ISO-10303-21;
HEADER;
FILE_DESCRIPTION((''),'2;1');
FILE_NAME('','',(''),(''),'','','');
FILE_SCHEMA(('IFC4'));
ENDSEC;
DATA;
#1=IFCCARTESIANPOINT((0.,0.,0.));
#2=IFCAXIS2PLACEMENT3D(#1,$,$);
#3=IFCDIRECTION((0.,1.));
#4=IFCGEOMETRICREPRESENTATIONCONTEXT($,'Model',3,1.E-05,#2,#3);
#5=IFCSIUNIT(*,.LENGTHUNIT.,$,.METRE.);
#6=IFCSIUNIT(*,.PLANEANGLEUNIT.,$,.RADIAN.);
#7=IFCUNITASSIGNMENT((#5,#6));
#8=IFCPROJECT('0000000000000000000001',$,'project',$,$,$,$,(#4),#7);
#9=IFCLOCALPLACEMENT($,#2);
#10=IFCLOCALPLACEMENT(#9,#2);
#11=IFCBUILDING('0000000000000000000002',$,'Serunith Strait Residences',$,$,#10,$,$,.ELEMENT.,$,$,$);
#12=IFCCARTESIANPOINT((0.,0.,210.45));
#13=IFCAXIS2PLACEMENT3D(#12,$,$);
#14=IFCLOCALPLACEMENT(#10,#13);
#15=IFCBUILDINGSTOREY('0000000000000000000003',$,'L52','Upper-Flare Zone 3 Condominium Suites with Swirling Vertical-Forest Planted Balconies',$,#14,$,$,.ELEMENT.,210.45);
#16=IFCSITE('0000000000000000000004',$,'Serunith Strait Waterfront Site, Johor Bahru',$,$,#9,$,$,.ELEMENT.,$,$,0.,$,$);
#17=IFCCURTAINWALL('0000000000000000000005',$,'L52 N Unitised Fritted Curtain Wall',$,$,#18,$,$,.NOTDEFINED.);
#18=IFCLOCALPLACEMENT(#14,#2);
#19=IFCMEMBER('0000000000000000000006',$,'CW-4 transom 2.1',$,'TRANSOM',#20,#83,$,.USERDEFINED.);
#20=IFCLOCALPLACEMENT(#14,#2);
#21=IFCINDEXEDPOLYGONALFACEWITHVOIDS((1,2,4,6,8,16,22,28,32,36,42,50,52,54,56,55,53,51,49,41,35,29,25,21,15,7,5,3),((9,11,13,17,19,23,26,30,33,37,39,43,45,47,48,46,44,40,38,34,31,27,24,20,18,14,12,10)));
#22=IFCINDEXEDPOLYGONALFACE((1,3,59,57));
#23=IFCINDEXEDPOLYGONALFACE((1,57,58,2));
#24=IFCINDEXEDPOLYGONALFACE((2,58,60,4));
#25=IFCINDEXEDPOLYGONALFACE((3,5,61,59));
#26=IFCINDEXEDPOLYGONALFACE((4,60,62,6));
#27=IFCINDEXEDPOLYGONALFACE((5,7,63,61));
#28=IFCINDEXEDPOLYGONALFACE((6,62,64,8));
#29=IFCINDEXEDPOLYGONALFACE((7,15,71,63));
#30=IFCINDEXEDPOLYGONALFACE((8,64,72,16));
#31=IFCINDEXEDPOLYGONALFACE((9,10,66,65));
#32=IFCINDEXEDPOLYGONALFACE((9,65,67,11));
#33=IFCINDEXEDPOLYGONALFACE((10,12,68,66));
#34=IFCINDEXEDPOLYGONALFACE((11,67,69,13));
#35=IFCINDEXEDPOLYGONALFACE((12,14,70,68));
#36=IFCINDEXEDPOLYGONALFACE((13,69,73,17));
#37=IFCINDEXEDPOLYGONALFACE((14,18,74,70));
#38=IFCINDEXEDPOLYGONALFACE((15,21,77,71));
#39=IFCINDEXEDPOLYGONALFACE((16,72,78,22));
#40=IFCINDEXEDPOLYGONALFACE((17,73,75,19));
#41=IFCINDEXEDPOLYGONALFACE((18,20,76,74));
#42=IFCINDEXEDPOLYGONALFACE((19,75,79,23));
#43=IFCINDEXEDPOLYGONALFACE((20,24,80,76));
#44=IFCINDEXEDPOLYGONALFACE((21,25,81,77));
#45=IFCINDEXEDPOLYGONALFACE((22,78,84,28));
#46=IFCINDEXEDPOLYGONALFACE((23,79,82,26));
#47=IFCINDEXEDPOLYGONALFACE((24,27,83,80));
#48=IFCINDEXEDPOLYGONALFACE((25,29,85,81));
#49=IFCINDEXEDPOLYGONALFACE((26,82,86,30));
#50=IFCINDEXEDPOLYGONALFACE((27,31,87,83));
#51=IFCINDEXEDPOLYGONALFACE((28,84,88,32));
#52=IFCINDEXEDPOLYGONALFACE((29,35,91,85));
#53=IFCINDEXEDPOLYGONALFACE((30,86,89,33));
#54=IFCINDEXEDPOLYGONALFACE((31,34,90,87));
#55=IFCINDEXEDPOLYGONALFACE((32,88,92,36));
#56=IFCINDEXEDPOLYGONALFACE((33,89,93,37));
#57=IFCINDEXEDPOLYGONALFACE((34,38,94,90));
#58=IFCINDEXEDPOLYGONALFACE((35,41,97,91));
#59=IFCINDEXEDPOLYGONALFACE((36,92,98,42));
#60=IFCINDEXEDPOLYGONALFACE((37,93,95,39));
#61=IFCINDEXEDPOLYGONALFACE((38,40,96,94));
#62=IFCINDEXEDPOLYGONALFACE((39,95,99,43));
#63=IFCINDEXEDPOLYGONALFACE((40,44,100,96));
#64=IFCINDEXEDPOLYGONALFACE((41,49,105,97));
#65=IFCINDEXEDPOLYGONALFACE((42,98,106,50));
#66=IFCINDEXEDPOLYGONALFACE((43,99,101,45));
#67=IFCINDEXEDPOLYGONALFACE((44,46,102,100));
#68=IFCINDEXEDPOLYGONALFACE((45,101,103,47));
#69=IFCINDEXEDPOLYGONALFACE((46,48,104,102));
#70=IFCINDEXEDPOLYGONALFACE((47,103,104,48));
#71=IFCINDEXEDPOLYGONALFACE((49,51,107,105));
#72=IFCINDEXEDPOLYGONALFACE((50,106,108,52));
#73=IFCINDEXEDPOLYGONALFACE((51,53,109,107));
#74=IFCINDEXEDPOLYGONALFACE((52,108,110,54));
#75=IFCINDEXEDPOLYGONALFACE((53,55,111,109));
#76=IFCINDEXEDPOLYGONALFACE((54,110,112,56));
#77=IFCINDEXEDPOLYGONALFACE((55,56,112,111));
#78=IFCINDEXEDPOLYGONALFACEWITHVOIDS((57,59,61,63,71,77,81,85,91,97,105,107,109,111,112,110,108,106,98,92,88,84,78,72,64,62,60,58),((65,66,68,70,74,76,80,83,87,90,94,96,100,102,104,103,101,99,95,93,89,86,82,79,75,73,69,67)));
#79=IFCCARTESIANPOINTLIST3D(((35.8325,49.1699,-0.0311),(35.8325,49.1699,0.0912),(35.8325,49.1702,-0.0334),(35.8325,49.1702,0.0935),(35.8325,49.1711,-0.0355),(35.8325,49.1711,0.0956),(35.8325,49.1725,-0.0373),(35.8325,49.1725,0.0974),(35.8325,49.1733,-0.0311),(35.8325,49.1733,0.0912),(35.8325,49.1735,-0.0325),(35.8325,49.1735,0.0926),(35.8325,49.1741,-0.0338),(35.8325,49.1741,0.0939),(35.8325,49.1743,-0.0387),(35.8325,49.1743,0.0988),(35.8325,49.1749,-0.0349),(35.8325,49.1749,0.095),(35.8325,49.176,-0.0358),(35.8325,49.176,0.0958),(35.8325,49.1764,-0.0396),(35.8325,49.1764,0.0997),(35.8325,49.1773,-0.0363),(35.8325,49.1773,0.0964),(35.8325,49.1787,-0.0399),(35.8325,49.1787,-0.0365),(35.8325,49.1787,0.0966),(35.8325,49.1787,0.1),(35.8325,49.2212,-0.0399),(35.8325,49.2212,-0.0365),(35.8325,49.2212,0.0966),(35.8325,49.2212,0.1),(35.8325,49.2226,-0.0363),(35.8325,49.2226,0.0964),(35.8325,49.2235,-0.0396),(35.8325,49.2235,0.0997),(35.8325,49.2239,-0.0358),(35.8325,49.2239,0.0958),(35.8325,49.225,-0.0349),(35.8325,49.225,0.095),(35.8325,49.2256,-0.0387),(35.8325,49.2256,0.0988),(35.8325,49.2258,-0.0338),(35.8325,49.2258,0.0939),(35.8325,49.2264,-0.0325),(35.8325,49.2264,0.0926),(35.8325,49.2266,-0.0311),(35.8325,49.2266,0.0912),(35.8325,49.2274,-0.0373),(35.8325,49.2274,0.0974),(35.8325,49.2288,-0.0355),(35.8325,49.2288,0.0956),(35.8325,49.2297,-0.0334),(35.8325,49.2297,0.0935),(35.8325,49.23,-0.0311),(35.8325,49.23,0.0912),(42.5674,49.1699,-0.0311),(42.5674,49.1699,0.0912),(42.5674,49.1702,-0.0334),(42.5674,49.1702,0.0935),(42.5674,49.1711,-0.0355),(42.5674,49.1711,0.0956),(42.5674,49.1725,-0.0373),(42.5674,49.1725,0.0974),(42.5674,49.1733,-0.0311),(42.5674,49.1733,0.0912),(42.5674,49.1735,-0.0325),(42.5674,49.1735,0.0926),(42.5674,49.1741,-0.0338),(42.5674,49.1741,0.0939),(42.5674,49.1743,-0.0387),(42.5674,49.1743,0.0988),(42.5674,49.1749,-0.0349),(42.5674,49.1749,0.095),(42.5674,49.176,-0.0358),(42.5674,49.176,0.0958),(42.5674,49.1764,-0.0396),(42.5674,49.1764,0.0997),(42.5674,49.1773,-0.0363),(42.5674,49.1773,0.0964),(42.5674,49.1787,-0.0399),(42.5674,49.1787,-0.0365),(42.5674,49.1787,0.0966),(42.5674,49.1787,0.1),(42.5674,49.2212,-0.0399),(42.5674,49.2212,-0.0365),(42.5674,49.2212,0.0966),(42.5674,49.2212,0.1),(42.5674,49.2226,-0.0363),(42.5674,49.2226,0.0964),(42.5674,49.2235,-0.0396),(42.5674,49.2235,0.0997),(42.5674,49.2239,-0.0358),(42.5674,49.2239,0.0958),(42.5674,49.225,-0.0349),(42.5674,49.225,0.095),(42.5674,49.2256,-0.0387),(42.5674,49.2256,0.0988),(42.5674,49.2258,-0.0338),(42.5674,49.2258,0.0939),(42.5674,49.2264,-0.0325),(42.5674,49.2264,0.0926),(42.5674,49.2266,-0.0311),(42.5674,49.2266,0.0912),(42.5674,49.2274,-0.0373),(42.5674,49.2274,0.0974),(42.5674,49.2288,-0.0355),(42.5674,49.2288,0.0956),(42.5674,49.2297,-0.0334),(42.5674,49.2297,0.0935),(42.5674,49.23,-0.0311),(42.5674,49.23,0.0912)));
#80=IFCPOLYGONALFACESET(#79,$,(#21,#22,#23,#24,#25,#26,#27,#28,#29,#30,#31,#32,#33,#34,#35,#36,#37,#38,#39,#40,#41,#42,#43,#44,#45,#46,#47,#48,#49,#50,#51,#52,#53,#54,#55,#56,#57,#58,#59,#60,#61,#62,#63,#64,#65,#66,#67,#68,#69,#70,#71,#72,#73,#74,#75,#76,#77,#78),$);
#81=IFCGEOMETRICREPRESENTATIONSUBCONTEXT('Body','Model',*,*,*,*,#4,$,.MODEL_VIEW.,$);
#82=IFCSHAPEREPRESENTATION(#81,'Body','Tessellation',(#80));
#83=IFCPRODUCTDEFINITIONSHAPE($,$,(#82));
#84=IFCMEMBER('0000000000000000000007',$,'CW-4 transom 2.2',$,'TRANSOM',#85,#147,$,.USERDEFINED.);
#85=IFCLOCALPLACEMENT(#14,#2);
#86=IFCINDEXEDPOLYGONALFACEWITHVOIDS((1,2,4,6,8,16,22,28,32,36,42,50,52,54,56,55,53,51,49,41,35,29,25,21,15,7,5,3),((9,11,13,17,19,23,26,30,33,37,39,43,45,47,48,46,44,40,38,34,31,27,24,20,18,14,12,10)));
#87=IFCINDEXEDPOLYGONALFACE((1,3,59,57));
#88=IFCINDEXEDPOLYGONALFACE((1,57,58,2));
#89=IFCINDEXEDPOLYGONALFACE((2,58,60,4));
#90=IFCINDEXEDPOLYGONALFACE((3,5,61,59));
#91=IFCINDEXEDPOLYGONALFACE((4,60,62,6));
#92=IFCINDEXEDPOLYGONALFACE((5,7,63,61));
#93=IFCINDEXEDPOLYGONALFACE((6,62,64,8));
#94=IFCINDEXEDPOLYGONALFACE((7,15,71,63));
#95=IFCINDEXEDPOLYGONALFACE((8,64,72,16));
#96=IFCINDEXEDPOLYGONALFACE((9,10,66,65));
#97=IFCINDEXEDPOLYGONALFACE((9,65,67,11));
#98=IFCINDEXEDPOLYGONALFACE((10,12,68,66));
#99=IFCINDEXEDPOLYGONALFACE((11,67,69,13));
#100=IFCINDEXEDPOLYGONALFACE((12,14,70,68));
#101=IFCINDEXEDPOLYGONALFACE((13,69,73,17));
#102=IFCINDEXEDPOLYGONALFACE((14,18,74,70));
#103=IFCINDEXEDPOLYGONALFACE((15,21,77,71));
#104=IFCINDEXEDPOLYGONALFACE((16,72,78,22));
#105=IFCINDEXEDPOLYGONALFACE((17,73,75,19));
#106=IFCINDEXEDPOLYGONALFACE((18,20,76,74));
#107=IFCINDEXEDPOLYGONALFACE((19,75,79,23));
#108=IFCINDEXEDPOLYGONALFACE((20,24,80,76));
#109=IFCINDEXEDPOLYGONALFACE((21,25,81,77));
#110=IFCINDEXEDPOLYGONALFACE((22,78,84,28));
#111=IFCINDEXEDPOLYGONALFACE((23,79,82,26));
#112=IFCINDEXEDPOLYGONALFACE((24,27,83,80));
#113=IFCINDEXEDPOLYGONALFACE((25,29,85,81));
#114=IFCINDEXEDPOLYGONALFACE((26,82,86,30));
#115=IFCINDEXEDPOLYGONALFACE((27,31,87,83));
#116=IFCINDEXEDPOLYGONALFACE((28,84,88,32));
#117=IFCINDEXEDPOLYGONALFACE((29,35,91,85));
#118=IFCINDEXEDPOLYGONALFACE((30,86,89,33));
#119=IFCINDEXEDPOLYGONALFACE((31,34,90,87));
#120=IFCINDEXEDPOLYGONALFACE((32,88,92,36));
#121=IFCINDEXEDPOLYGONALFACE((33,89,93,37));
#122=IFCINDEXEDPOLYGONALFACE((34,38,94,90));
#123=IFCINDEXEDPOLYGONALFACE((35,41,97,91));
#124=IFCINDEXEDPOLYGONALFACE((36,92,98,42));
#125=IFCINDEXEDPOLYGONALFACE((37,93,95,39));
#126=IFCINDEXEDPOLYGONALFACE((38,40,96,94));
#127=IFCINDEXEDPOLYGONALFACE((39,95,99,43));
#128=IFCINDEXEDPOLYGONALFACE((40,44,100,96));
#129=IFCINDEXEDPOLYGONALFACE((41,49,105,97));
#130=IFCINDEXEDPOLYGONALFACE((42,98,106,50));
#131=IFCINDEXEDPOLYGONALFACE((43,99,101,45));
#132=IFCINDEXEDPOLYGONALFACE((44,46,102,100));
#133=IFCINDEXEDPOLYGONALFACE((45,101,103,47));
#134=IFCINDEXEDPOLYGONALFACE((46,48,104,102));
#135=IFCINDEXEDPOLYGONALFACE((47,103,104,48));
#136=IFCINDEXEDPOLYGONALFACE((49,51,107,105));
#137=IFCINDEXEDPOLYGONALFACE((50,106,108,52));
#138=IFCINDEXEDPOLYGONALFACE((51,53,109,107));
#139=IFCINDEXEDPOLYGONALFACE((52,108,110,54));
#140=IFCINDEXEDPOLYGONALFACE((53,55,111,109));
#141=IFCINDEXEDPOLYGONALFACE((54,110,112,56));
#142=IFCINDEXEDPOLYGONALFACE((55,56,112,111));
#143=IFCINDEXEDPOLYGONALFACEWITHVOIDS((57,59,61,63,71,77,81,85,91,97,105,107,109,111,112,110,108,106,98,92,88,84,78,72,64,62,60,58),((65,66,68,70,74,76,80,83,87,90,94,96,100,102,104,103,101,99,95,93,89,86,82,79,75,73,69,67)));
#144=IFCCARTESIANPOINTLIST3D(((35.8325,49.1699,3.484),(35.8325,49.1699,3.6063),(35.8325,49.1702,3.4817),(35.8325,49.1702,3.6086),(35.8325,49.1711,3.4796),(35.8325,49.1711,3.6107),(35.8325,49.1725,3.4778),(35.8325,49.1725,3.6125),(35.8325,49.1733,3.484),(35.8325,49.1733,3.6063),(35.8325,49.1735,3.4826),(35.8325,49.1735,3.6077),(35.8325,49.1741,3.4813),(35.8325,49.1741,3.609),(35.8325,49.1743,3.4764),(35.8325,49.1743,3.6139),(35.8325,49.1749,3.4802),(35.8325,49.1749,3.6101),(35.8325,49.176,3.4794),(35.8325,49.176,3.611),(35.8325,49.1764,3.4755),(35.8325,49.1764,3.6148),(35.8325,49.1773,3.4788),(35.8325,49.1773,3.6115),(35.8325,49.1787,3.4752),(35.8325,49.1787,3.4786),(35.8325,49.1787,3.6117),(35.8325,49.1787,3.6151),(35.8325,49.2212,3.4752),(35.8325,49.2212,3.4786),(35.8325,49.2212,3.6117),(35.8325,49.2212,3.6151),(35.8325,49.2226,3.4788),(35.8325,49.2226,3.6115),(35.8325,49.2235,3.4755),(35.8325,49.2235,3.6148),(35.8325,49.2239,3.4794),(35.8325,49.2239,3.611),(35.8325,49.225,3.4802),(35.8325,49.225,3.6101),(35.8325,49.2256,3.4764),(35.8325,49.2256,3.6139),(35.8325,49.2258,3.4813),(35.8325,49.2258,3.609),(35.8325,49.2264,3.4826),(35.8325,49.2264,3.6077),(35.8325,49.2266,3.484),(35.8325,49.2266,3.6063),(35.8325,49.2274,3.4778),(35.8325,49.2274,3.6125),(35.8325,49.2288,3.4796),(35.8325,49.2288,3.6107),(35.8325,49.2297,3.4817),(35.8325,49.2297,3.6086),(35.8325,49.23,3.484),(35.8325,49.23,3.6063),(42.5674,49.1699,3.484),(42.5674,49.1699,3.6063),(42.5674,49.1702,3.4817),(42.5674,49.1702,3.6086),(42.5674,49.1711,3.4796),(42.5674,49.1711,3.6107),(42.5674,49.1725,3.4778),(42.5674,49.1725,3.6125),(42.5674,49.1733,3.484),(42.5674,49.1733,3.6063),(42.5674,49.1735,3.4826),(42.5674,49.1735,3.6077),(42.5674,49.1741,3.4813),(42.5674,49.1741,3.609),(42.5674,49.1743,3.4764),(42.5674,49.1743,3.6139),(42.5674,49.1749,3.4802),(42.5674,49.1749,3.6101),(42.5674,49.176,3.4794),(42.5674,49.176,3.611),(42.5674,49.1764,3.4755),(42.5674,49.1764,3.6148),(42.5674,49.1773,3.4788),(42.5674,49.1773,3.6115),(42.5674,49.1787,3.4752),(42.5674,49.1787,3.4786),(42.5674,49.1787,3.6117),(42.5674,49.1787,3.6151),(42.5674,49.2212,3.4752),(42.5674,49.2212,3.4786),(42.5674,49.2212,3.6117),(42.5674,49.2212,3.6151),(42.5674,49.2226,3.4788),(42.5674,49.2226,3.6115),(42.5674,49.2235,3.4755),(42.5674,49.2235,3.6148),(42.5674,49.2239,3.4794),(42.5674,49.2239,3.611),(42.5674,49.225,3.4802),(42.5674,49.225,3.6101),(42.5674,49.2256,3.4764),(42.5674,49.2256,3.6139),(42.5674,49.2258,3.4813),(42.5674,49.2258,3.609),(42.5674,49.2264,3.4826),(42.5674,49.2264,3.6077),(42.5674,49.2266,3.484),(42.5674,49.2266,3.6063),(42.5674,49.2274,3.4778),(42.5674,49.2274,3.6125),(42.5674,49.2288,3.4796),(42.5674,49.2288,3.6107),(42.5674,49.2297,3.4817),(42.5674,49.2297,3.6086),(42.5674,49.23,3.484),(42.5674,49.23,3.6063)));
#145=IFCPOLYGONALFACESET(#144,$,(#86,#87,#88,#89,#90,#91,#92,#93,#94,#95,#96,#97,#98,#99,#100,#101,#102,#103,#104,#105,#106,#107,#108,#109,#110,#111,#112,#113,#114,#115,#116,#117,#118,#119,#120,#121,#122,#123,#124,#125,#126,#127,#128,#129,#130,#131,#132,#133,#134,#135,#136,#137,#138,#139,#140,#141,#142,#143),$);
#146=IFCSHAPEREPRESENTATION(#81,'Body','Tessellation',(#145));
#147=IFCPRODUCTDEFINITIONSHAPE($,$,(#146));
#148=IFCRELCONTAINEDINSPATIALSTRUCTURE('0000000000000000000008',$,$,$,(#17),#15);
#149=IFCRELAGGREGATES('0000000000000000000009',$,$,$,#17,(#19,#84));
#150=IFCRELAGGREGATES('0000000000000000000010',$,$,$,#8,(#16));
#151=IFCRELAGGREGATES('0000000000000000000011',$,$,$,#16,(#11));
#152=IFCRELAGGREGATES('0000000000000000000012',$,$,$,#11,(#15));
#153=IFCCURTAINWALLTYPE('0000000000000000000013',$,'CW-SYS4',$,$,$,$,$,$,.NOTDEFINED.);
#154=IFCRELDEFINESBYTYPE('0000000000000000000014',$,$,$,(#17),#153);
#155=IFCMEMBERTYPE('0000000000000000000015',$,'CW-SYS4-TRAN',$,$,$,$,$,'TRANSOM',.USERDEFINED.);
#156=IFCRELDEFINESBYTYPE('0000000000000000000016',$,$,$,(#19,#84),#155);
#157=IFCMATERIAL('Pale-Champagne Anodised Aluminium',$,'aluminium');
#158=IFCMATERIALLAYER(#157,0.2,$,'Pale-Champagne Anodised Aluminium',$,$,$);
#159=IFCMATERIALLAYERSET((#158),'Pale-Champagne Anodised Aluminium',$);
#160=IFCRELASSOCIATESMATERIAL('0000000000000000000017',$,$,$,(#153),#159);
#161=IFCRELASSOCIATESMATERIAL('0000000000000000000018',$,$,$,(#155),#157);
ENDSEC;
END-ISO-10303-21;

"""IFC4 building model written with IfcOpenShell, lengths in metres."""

from ifc_helpers import new_model, si_unit, direction, frame, origin, origin_2d, place, context, subcontext, project, spatial, hollow_rectangle, extrude, source, transform, mapped, material, layer, layer_set, material_profile, profile_set, type_object, element, aggregate, save


model = new_model("IFC4")

# Units and contexts
model_context = context("Model", 3, precision=1e-05, world=origin(), true_north=direction((0.0, 1.0)))
body_context = subcontext(model_context, "Body", "Model", "MODEL_VIEW")
ifc_project = project(units=[si_unit("LENGTHUNIT", "METRE"), si_unit("PLANEANGLEUNIT", "RADIAN")], contexts=[model_context])

# Site, building, storey
site_placement = place(None, origin())
site = spatial("IfcSite", under=ifc_project, at=site_placement, Name="Serunith Strait Waterfront Site, Johor Bahru", CompositionType="ELEMENT", RefElevation=0.0)
building_placement = place(site_placement, origin())
building = spatial("IfcBuilding", under=site, at=building_placement, Name="Serunith Strait Residences", CompositionType="ELEMENT")
storey_placement = place(building_placement, frame((0.0, 0.0, 210.45)))
storey = spatial("IfcBuildingStorey", under=building, at=storey_placement, Name="L52", Description="Upper-Flare Zone 3 Condominium Suites with Swirling Vertical-Forest Planted Balconies", CompositionType="ELEMENT", Elevation=210.45)

# Curtain wall, members
ifc_material_1 = material(Name="Pale-Champagne Anodised Aluminium", Category="aluminium")
ifc_layer_1 = layer(ifc_material_1, 0.2, Name="Pale-Champagne Anodised Aluminium")
ifc_layer_set_1 = layer_set([ifc_layer_1], Name="Pale-Champagne Anodised Aluminium")
curtain_wall_type = type_object("IfcCurtainWallType", Name="CW-SYS4", PredefinedType="NOTDEFINED", material=ifc_layer_set_1)
curtain_wall_placement = place(storey_placement, origin())
curtain_wall = element("IfcCurtainWall", 1, at=curtain_wall_placement, inside=storey, type_object=curtain_wall_type, Name="L52 N Unitised Fritted Curtain Wall", PredefinedType="NOTDEFINED")
ifc_material_profile_1 = material_profile(ifc_material_1, hollow_rectangle(XDim=0.0601, YDim=0.1399, WallThickness=0.0034, InnerFilletRadius=0.0054, OuterFilletRadius=0.0088, at=origin_2d()), Name="ALU 140x60x3.5")
ifc_profile_set_1 = profile_set([ifc_material_profile_1], Name="Pale-Champagne Anodised Aluminium")
member_type_1 = type_object("IfcMemberType", Name="CW-SYS4-TRAN", ElementType="TRANSOM", PredefinedType="USERDEFINED", material=ifc_profile_set_1)
shared_shape_1 = source(origin(), body_context, "Body", "SweptSolid", [
    extrude(hollow_rectangle(XDim=0.0601, YDim=0.1399, WallThickness=0.0034, InnerFilletRadius=0.0054, OuterFilletRadius=0.0088, at=origin_2d()), origin(), (0.0, 0.0, 1.0), 6.7349),
])
member_1_placement = place(storey_placement, frame((42.5674, 49.2, 0.03), z_axis=(-1.0, 0.0, 0.0), x_axis=(0.0, -1.0, 0.0)))
member_1 = element("IfcMember", 2, at=member_1_placement, type_object=member_type_1, Name="CW-4 transom 2.1", ObjectType="TRANSOM", PredefinedType="USERDEFINED", context=body_context, shape_type="MappedRepresentation", body=[
    mapped(shared_shape_1, transform((0.0, 0.0, 0.0), scale=1.0)),
])
member_2_placement = place(storey_placement, frame((42.5674, 49.2, 3.5452), z_axis=(-1.0, 0.0, 0.0), x_axis=(0.0, -1.0, 0.0)))
member_2 = element("IfcMember", 3, at=member_2_placement, type_object=member_type_1, Name="CW-4 transom 2.2", ObjectType="TRANSOM", PredefinedType="USERDEFINED", context=body_context, shape_type="MappedRepresentation", body=[
    mapped(shared_shape_1, transform((0.0, 0.0, 0.0), scale=1.0)),
])
aggregate(curtain_wall, [member_1, member_2])

save(model, "model.ifc")
